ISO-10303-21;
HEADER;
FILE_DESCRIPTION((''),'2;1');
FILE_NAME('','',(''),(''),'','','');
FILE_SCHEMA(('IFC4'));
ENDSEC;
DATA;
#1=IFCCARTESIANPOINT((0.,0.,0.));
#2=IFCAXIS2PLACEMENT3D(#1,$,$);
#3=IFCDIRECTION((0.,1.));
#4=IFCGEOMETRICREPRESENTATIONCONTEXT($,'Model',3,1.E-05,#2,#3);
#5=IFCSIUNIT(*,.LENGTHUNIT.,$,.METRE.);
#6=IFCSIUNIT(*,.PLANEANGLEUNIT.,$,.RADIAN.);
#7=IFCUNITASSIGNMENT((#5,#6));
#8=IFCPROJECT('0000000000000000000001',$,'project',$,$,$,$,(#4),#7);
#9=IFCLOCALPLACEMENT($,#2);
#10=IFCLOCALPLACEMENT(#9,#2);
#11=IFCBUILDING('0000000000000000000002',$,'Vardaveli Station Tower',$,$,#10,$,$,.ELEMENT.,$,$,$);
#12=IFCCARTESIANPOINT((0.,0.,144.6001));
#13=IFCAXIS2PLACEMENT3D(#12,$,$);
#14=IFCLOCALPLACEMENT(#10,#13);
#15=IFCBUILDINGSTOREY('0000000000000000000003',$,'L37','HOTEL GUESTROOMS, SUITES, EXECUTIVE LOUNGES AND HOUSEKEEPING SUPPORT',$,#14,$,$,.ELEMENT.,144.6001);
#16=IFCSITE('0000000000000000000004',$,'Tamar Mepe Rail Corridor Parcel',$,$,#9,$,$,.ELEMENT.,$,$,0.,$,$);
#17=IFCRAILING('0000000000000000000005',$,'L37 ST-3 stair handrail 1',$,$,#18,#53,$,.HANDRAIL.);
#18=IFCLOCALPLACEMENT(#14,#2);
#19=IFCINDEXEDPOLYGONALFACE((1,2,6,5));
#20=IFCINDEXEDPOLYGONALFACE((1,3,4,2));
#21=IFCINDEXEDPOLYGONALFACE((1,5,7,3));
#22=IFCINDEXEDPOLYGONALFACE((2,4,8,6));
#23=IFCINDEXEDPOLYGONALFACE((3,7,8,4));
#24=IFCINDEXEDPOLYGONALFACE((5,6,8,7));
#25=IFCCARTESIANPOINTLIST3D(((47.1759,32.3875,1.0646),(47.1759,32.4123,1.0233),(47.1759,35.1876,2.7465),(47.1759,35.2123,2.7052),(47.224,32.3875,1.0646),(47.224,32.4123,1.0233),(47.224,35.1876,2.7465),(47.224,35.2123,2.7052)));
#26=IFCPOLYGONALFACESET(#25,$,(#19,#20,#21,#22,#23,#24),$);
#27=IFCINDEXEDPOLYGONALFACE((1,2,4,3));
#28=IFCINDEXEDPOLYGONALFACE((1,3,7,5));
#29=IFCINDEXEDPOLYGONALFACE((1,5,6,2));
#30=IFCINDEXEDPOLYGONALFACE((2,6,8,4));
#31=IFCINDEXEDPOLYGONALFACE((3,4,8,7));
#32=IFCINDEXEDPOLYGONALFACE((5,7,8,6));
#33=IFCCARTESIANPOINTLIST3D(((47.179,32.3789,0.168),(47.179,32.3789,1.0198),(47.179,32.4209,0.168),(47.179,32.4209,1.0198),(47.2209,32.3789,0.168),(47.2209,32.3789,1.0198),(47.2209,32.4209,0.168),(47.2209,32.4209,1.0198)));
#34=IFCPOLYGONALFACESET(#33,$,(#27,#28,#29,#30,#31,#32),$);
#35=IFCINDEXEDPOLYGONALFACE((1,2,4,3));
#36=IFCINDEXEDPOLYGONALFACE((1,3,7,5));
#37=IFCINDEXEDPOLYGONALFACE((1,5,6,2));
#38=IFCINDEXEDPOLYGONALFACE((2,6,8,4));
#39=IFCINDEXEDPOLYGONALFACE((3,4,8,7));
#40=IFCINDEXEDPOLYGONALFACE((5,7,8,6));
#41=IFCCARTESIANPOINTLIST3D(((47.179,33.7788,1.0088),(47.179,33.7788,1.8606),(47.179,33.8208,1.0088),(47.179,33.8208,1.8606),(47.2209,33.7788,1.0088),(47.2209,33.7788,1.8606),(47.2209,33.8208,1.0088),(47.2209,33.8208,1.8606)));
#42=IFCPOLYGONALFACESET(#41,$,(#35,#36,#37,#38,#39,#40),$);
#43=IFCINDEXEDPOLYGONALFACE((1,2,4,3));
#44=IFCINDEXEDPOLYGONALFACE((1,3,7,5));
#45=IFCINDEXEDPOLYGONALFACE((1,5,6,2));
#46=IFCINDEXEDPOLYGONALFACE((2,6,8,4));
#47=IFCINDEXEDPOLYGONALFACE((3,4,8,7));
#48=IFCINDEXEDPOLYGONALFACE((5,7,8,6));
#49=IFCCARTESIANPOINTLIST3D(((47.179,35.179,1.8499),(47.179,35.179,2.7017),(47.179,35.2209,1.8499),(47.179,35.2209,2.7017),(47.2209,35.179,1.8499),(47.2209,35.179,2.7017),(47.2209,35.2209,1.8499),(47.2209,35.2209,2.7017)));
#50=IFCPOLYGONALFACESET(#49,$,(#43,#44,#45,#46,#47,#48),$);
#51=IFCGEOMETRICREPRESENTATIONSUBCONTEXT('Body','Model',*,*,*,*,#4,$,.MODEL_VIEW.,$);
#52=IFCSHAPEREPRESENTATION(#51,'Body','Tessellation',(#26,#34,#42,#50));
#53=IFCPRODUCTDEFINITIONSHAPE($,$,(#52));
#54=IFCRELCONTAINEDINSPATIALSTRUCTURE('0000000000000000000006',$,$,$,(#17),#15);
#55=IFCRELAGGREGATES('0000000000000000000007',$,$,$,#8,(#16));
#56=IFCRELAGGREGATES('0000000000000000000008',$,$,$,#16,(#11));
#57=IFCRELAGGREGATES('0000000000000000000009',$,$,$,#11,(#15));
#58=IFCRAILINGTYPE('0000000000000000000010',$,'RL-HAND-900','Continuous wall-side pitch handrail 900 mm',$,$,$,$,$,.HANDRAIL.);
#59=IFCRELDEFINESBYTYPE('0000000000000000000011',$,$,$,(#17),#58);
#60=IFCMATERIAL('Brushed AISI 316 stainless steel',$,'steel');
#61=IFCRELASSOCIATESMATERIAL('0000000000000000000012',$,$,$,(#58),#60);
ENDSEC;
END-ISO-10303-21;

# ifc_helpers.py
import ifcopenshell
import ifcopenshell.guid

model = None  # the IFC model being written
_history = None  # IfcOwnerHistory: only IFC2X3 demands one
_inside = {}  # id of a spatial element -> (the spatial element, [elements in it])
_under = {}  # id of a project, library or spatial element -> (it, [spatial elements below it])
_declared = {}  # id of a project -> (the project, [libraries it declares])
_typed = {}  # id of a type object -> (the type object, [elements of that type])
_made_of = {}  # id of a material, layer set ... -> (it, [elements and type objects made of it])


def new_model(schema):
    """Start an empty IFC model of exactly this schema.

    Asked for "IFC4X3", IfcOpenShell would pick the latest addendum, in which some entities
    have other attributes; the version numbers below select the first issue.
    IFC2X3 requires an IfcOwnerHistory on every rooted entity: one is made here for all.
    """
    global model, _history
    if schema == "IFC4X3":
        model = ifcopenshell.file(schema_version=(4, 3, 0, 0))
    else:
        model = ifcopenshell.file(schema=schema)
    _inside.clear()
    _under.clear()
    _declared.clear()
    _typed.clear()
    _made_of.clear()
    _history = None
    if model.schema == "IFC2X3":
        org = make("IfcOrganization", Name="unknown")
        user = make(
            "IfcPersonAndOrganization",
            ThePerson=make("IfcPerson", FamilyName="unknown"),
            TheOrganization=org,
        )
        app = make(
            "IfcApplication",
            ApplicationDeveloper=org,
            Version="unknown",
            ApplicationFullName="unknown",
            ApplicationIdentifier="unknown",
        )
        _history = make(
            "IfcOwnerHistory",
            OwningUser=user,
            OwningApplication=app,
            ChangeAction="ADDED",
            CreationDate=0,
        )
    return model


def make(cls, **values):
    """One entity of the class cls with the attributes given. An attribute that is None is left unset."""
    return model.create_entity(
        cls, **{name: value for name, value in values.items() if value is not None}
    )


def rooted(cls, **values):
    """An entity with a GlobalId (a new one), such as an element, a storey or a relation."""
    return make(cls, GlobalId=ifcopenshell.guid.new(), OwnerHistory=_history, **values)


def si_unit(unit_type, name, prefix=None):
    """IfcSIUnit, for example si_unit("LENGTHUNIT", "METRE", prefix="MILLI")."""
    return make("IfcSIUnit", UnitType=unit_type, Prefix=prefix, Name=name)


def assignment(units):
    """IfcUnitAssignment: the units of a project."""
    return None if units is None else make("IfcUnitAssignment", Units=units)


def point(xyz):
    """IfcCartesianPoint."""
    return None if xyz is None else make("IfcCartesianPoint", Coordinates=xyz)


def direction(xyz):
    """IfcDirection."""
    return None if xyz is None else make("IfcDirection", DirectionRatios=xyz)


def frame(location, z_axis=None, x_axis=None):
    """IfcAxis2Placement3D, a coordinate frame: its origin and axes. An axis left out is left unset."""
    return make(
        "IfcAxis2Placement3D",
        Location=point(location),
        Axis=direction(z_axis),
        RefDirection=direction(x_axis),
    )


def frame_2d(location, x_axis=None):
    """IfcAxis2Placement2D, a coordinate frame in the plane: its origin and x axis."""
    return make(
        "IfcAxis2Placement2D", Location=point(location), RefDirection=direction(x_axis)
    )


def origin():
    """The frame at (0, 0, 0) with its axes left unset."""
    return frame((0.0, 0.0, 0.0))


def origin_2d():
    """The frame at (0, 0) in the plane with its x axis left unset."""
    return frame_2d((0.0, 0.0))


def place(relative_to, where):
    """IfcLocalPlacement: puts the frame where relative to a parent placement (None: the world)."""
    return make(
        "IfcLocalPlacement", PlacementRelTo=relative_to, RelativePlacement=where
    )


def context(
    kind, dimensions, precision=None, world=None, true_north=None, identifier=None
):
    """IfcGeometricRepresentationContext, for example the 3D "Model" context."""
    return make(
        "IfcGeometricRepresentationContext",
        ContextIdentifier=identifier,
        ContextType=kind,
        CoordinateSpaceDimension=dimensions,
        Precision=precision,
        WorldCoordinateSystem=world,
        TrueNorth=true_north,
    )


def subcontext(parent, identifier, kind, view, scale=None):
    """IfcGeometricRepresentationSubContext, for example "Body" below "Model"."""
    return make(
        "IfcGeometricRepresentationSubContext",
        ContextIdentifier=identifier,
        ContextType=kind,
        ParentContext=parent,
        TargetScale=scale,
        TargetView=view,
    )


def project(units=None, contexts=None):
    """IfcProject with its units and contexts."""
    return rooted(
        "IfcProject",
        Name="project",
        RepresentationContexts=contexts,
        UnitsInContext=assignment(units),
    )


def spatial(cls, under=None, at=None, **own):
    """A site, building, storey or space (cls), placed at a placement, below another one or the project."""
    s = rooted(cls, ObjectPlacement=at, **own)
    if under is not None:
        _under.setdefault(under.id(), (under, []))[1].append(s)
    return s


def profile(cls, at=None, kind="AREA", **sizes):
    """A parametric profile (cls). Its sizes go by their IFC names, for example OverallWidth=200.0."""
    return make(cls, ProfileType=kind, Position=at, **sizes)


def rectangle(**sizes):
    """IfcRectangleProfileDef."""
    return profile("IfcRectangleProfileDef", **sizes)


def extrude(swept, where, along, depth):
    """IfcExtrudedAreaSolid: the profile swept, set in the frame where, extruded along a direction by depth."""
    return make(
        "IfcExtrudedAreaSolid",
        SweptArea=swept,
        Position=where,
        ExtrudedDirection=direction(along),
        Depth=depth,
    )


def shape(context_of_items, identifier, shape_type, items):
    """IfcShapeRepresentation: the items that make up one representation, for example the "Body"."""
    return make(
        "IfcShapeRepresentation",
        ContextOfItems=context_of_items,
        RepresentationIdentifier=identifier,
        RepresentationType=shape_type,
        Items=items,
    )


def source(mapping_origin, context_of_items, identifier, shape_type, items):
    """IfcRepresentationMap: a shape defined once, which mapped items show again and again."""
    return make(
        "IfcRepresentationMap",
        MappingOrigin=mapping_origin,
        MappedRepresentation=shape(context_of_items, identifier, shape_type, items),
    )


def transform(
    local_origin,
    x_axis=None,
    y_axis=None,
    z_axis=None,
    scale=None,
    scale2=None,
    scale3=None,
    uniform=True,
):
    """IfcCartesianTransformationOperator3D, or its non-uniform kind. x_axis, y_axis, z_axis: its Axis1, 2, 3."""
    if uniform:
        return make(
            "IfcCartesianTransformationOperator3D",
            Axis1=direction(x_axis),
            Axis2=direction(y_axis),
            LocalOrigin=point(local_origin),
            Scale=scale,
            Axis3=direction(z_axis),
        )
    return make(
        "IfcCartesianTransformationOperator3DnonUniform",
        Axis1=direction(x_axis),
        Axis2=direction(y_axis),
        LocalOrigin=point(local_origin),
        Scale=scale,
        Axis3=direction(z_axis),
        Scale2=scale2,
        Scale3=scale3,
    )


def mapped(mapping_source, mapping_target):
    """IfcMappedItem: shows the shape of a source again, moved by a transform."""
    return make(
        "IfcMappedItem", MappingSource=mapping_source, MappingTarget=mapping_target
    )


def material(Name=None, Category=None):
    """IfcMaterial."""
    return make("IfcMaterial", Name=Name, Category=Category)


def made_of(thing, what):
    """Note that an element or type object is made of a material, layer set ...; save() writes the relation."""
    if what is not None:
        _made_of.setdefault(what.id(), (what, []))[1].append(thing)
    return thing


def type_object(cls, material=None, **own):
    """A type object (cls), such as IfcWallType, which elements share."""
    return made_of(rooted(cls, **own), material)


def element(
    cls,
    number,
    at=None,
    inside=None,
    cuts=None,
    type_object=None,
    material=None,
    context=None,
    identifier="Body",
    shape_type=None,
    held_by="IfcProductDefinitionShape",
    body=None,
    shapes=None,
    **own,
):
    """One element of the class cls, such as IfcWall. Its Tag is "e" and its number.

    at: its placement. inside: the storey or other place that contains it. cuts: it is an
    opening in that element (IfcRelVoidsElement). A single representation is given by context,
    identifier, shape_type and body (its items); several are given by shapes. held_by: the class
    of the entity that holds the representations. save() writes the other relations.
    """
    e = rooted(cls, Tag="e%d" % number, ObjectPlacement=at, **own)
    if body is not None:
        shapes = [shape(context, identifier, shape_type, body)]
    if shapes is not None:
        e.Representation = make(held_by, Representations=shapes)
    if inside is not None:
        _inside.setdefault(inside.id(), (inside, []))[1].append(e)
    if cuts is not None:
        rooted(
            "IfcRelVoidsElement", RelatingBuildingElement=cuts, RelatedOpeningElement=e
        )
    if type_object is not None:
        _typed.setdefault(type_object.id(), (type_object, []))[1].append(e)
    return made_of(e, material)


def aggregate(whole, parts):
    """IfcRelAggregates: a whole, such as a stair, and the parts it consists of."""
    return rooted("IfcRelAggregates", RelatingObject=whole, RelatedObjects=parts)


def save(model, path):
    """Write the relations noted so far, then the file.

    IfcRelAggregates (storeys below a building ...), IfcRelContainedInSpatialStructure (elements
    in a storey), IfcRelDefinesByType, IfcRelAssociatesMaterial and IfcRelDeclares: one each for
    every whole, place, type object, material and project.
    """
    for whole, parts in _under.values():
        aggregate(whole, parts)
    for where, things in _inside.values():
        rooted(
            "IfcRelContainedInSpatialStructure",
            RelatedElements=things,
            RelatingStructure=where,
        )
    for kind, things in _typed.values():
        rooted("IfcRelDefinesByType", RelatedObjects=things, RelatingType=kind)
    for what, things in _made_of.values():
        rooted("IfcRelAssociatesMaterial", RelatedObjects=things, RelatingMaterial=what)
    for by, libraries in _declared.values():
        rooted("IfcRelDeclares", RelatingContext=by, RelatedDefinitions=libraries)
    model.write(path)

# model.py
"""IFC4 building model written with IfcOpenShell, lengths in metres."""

from ifc_helpers import new_model, si_unit, direction, frame, origin, origin_2d, place, context, subcontext, project, spatial, rectangle, extrude, source, transform, mapped, material, type_object, element, save


model = new_model("IFC4")

# Units and contexts
model_context = context("Model", 3, precision=1e-05, world=origin(), true_north=direction((0.0, 1.0)))
body_context = subcontext(model_context, "Body", "Model", "MODEL_VIEW")
ifc_project = project(units=[si_unit("LENGTHUNIT", "METRE"), si_unit("PLANEANGLEUNIT", "RADIAN")], contexts=[model_context])

# Site, building, storey
site_placement = place(None, origin())
site = spatial("IfcSite", under=ifc_project, at=site_placement, Name="Tamar Mepe Rail Corridor Parcel", CompositionType="ELEMENT", RefElevation=0.0)
building_placement = place(site_placement, origin())
building = spatial("IfcBuilding", under=site, at=building_placement, Name="Vardaveli Station Tower", CompositionType="ELEMENT")
storey_placement = place(building_placement, frame((0.0, 0.0, 144.6001)))
storey = spatial("IfcBuildingStorey", under=building, at=storey_placement, Name="L37", Description="HOTEL GUESTROOMS, SUITES, EXECUTIVE LOUNGES AND HOUSEKEEPING SUPPORT", CompositionType="ELEMENT", Elevation=144.6001)

# Railing
ifc_material_1 = material(Name="Brushed AISI 316 stainless steel", Category="steel")
railing_type_1 = type_object("IfcRailingType", Name="RL-HAND-900", Description="Continuous wall-side pitch handrail 900 mm", PredefinedType="HANDRAIL", material=ifc_material_1)
shared_shape_1 = source(origin(), body_context, "Body", "SweptSolid", [
    extrude(rectangle(XDim=0.0481, YDim=0.0481, at=origin_2d()), frame((0.0, 0.0, 0.876), z_axis=(0.0, 0.857242, 0.514913), x_axis=(-1.0, 0.0, 0.0)), (0.0, 0.0, 1.0), 3.2664),
    extrude(rectangle(XDim=0.042, YDim=0.042, at=origin_2d()), origin(), (0.0, 0.0, 1.0), 0.8518),
    extrude(rectangle(XDim=0.042, YDim=0.042, at=origin_2d()), frame((0.0, 1.3999, 0.8408)), (0.0, 0.0, 1.0), 0.8518),
    extrude(rectangle(XDim=0.042, YDim=0.042, at=origin_2d()), frame((0.0, 2.8, 1.6819)), (0.0, 0.0, 1.0), 0.8518),
])
railing_1_placement = place(storey_placement, frame((47.2, 32.3999, 0.168)))
element("IfcRailing", 1, at=railing_1_placement, inside=storey, type_object=railing_type_1, Name="L37 ST-3 stair handrail 1", PredefinedType="HANDRAIL", context=body_context, shape_type="MappedRepresentation", body=[
    mapped(shared_shape_1, transform((0.0, 0.0, 0.0), scale=1.0)),
])

save(model, "model.ifc")
